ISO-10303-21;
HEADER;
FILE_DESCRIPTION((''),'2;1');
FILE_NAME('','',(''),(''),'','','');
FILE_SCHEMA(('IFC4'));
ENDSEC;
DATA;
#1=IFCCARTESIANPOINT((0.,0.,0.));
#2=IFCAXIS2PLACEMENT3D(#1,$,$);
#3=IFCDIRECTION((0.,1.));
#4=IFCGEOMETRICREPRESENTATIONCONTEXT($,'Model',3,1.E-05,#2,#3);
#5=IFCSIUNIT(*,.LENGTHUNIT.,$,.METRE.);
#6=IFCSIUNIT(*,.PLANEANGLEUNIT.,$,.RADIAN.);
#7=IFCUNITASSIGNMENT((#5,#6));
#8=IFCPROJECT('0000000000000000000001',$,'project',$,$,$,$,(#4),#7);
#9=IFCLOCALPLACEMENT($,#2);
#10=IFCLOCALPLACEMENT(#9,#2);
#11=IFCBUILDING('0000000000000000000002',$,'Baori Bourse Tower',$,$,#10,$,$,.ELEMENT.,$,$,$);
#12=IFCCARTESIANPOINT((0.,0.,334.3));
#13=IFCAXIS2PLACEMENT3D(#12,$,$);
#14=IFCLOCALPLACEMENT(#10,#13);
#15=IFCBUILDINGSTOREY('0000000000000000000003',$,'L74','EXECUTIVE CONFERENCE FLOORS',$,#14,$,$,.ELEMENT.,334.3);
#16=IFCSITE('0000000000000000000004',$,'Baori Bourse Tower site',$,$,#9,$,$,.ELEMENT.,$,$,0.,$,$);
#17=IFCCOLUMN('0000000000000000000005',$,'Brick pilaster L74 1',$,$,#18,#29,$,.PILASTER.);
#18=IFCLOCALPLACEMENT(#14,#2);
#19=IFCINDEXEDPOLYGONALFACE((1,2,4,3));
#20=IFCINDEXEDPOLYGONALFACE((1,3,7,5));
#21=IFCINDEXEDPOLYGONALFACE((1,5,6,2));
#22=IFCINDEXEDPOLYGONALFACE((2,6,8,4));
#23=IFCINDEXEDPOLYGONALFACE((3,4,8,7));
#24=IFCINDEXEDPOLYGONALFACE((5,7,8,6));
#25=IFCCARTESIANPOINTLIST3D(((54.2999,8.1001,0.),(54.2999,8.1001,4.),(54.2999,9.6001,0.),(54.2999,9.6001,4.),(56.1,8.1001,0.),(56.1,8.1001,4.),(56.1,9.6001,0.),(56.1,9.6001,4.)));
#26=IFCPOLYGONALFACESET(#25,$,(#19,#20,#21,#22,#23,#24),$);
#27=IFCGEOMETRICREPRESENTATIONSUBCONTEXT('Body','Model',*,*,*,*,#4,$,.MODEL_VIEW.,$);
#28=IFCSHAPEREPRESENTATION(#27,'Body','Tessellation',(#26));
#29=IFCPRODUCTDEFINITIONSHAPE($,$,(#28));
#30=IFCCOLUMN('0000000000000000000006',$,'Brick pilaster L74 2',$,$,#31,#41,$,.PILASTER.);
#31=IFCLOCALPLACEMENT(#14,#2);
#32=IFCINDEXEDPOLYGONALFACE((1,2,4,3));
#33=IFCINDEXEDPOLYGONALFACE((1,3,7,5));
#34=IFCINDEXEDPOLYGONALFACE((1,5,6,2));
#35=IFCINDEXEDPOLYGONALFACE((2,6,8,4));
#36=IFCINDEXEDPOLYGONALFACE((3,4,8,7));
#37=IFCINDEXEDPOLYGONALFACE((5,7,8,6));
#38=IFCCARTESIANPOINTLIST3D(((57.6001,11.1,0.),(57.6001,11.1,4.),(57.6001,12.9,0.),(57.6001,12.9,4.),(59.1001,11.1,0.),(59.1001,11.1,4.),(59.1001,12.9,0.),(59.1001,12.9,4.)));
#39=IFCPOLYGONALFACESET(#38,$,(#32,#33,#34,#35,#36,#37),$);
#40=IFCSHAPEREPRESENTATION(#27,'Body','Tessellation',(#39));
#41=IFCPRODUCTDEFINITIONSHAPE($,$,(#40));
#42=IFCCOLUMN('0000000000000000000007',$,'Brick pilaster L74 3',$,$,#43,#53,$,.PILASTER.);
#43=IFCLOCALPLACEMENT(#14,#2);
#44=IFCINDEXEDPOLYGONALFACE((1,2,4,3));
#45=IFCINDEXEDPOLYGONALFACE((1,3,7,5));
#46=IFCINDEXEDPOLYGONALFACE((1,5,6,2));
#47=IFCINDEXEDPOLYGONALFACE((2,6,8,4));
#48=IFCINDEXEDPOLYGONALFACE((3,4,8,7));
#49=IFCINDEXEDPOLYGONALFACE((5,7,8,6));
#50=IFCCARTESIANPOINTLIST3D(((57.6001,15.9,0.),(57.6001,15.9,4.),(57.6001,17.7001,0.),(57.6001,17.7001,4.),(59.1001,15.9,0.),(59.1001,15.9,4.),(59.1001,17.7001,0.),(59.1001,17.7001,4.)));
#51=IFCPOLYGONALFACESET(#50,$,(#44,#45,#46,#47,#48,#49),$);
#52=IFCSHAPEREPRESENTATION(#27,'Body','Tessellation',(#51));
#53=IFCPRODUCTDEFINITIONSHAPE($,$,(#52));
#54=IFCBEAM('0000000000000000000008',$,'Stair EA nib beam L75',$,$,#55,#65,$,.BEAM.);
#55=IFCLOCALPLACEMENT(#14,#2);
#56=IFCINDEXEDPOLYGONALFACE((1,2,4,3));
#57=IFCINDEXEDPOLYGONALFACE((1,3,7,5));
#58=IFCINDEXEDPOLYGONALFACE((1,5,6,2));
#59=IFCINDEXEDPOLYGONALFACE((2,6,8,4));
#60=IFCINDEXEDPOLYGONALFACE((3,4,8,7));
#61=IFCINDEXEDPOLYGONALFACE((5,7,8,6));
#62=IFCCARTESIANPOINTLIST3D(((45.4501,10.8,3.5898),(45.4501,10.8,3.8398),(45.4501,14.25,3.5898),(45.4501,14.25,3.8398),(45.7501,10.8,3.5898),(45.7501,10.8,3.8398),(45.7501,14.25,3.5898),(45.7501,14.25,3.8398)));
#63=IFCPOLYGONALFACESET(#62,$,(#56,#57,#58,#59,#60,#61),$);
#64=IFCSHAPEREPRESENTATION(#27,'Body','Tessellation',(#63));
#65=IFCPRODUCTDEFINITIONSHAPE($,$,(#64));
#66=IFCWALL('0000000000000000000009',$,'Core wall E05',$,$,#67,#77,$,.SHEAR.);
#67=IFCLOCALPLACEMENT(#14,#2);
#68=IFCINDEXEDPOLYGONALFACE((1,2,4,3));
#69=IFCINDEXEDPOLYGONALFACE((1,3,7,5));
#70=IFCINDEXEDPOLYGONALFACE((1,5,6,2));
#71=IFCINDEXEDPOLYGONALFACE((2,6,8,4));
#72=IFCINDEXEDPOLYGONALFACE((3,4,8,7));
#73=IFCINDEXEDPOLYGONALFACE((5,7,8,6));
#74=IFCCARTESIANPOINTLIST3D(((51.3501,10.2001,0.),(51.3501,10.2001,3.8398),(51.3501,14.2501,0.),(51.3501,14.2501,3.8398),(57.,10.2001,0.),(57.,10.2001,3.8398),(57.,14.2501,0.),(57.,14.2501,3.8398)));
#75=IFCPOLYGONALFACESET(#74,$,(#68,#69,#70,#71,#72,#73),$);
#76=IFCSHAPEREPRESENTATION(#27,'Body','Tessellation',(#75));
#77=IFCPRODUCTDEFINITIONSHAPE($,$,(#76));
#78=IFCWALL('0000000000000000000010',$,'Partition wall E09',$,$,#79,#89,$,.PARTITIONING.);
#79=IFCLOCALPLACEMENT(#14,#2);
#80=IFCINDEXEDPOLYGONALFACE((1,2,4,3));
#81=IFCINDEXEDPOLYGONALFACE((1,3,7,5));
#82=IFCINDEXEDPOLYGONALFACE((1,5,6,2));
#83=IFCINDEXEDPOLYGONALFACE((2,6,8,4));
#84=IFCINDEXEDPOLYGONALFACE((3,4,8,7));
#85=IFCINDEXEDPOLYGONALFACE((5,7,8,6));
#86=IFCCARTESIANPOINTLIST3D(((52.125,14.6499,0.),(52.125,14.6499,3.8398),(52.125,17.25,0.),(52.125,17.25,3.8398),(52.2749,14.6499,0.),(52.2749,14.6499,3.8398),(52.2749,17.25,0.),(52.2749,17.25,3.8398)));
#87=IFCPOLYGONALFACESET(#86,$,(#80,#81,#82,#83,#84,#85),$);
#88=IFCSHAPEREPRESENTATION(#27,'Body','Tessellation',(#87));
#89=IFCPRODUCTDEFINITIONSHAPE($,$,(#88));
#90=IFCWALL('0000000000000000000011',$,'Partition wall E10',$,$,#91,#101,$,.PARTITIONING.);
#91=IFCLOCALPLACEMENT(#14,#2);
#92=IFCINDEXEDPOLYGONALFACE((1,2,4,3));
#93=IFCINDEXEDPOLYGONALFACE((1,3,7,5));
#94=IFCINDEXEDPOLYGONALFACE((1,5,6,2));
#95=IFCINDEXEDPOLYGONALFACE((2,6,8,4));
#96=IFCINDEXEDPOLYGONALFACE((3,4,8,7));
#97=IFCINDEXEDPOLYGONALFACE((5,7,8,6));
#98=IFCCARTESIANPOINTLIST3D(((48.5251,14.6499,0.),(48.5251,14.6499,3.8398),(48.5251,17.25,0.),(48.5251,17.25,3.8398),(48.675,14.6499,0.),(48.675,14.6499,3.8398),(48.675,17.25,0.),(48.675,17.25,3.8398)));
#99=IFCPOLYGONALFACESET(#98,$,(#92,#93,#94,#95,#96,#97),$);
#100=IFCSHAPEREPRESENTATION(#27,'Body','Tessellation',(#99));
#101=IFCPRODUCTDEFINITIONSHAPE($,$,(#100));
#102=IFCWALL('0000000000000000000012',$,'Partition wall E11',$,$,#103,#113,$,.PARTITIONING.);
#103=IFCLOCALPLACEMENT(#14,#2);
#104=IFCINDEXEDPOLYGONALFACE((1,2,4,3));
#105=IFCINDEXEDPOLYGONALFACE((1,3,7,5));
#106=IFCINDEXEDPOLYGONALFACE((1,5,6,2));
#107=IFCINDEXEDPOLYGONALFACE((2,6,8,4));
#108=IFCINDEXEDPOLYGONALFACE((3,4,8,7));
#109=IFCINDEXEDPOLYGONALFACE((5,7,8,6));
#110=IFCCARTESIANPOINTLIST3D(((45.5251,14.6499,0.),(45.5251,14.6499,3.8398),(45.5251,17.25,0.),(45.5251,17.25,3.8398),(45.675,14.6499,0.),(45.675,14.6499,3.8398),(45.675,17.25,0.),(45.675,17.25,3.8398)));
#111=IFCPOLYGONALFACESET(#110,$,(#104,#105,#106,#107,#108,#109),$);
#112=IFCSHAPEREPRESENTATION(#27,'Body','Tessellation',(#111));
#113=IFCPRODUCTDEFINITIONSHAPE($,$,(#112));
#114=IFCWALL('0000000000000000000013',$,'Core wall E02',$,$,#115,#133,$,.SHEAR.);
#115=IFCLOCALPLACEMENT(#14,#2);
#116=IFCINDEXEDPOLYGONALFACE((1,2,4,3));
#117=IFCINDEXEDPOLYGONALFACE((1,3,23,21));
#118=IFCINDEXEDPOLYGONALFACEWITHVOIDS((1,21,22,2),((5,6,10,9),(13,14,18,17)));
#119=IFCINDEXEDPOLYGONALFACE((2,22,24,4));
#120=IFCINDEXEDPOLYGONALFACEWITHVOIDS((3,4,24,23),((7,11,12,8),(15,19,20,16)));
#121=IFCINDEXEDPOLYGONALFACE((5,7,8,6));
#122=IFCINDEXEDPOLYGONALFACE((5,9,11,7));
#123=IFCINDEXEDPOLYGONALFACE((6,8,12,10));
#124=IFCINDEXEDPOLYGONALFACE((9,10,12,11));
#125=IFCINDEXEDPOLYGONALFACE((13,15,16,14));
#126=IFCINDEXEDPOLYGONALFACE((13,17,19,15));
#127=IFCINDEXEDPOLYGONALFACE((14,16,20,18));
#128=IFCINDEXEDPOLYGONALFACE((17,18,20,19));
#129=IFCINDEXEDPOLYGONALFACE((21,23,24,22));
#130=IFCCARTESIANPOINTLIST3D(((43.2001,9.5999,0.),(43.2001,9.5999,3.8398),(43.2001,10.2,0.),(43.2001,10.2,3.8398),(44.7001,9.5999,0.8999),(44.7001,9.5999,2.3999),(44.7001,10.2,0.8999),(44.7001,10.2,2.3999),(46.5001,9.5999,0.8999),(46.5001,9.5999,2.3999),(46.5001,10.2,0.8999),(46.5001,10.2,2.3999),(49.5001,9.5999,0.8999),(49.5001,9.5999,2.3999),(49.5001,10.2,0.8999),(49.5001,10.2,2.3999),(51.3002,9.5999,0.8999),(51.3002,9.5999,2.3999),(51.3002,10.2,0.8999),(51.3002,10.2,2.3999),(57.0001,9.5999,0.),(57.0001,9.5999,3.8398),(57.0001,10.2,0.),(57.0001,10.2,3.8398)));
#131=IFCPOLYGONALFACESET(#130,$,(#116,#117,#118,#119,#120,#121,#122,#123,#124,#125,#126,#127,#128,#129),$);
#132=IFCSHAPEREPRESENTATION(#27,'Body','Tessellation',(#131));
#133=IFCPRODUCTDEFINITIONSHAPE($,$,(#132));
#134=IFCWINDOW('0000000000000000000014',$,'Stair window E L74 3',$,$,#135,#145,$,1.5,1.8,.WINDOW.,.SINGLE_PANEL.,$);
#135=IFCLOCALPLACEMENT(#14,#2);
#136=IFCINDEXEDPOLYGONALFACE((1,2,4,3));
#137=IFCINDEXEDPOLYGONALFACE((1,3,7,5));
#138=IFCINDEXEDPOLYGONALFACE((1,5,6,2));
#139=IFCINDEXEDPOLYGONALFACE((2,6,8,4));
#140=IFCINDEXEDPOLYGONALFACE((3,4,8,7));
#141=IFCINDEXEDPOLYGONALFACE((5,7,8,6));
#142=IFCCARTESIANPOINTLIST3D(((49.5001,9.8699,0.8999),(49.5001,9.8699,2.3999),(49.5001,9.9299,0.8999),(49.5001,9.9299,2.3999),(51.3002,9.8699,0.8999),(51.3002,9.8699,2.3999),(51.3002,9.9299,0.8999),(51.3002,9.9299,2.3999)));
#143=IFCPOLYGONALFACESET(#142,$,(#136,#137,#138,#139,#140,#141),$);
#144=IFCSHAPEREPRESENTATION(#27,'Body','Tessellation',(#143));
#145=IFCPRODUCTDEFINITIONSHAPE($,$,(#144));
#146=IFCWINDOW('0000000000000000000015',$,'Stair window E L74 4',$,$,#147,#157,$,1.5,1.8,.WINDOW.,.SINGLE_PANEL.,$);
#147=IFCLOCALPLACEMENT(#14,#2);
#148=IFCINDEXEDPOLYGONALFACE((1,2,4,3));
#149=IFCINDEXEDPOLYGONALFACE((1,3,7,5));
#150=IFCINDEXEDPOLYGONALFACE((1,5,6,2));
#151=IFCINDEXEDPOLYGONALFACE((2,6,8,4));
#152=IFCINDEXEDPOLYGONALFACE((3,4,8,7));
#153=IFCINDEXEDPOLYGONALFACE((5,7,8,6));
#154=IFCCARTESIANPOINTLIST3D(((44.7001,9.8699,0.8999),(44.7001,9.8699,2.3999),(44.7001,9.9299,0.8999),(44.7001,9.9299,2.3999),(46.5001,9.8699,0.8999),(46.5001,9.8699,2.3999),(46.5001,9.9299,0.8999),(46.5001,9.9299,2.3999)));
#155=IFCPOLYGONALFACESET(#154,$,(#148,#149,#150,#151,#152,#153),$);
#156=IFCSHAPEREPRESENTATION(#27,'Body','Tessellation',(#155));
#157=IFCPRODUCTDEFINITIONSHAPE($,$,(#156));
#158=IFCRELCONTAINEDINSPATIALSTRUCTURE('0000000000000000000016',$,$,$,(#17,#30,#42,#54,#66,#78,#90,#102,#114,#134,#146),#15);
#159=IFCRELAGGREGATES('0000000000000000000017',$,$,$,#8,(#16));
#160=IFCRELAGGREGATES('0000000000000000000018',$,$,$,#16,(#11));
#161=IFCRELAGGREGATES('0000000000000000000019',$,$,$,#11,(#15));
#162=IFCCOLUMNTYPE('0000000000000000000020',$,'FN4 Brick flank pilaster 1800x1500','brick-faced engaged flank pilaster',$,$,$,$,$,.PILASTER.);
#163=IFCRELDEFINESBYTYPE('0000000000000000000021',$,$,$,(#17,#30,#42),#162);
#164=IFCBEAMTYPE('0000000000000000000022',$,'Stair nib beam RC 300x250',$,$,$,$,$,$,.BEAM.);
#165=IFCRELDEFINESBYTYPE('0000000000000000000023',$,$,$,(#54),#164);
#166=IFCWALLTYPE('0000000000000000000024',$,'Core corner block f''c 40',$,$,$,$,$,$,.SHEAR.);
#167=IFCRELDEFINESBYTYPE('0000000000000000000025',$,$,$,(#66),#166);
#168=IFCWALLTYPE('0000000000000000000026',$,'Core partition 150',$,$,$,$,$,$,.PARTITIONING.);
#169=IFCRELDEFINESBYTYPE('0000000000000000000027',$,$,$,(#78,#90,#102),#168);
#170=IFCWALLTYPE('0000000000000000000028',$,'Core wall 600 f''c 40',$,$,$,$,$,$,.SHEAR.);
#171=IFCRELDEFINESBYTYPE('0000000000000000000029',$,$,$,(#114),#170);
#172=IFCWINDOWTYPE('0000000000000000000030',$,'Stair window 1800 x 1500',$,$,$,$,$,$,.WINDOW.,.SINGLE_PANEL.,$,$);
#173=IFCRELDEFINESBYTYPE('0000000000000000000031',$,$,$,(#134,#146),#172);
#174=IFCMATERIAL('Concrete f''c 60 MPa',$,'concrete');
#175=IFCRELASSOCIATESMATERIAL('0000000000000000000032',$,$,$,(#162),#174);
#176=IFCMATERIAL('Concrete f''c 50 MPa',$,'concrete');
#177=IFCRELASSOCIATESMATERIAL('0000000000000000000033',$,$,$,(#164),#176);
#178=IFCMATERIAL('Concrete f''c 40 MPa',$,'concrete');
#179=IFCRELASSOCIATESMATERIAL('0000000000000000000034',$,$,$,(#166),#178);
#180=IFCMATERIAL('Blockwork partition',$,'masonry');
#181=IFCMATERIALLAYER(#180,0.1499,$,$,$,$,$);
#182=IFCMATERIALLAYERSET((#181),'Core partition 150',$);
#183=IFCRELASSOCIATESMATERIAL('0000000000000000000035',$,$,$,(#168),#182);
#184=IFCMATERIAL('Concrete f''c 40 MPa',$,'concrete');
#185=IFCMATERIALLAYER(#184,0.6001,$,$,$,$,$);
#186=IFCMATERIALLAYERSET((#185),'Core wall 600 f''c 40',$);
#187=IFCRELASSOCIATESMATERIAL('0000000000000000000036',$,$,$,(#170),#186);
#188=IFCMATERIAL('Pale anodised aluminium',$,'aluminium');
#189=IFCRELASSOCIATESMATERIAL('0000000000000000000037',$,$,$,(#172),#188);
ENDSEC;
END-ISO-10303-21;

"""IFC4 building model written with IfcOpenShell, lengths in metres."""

from ifc_helpers import new_model, si_unit, direction, frame, frame_2d, origin, origin_2d, place, context, subcontext, project, spatial, rectangle, extrude, material, layer, layer_set, material_profile, profile_set, type_object, element, fill, save


model = new_model("IFC4")

# Units and contexts
model_context = context("Model", 3, precision=1e-05, world=origin(), true_north=direction((0.0, 1.0)))
body_context = subcontext(model_context, "Body", "Model", "MODEL_VIEW")
ifc_project = project(units=[si_unit("LENGTHUNIT", "METRE"), si_unit("PLANEANGLEUNIT", "RADIAN")], contexts=[model_context])

# Site, building, storey
site_placement = place(None, origin())
site = spatial("IfcSite", under=ifc_project, at=site_placement, Name="Baori Bourse Tower site", CompositionType="ELEMENT", RefElevation=0.0)
building_placement = place(site_placement, origin())
building = spatial("IfcBuilding", under=site, at=building_placement, Name="Baori Bourse Tower", CompositionType="ELEMENT")
storey_placement = place(building_placement, frame((0.0, 0.0, 334.3)))
storey = spatial("IfcBuildingStorey", under=building, at=storey_placement, Name="L74", Description="EXECUTIVE CONFERENCE FLOORS", CompositionType="ELEMENT", Elevation=334.3)

# Columns
ifc_material_1 = material(Name="Concrete f'c 60 MPa", Category="concrete")
ifc_material_profile_1 = material_profile(ifc_material_1, rectangle(XDim=1.8, YDim=1.5, at=origin_2d()), Name="RC 1800x1500")
ifc_profile_set_1 = profile_set([ifc_material_profile_1], Name="Concrete f'c 60 MPa")
column_type = type_object("IfcColumnType", Name="FN4 Brick flank pilaster 1800x1500", Description="brick-faced engaged flank pilaster", PredefinedType="PILASTER", material=ifc_profile_set_1)
for number, where, z_axis, x_axis, name in (
    (1, (55.2, 8.8501, 0.0), (0.0, 0.0, 1.0), (1.0, 0.0, 0.0), "Brick pilaster L74 1"),
    (2, (58.3501, 12.0, 0.0), (0.0, 0.0, 1.0), (0.0, 1.0, 0.0), "Brick pilaster L74 2"),
    (3, (58.3501, 16.8, 0.0), (0.0, 0.0, 1.0), (0.0, 1.0, 0.0), "Brick pilaster L74 3"),
):
    element("IfcColumn", number, at=place(storey_placement, frame(where, z_axis=z_axis, x_axis=x_axis)), inside=storey, type_object=column_type, Name=name, PredefinedType="PILASTER", context=body_context, shape_type="SweptSolid", body=[
        extrude(rectangle(XDim=1.8, YDim=1.5, at=origin_2d()), origin(), (0.0, 0.0, 1.0), 4.0),
    ])

# Beam
ifc_material_2 = material(Name="Concrete f'c 50 MPa", Category="concrete")
ifc_material_profile_2 = material_profile(ifc_material_2, rectangle(XDim=0.3, YDim=0.25, at=origin_2d()), Name="RC 300x250")
ifc_profile_set_2 = profile_set([ifc_material_profile_2], Name="Concrete f'c 50 MPa")
beam_type = type_object("IfcBeamType", Name="Stair nib beam RC 300x250", PredefinedType="BEAM", material=ifc_profile_set_2)
beam_placement = place(storey_placement, frame((45.6001, 10.8, 3.7148), z_axis=(0.0, 1.0, 0.0), x_axis=(-1.0, 0.0, 0.0)))
element("IfcBeam", 4, at=beam_placement, inside=storey, type_object=beam_type, Name="Stair EA nib beam L75", PredefinedType="BEAM", context=body_context, shape_type="SweptSolid", body=[
    extrude(rectangle(XDim=0.3, YDim=0.25, at=origin_2d()), origin(), (0.0, 0.0, 1.0), 3.45),
])

# Walls
ifc_material_3 = material(Name="Concrete f'c 40 MPa", Category="concrete")
wall_type_1 = type_object("IfcWallType", Name="Core corner block f'c 40", PredefinedType="SHEAR", material=ifc_material_3)
wall_1_placement = place(storey_placement, frame((51.3501, 12.2251, 0.0), z_axis=(0.0, 0.0, 1.0), x_axis=(1.0, 0.0, 0.0)))
element("IfcWall", 5, at=wall_1_placement, inside=storey, type_object=wall_type_1, Name="Core wall E05", PredefinedType="SHEAR", context=body_context, shape_type="SweptSolid", body=[
    extrude(rectangle(XDim=5.6499, YDim=4.05, at=frame_2d((2.825, 0.0))), origin(), (0.0, 0.0, 1.0), 3.8398),
])
ifc_material_4 = material(Name="Blockwork partition", Category="masonry")
ifc_layer_1 = layer(ifc_material_4, 0.1499)
ifc_layer_set_1 = layer_set([ifc_layer_1], Name="Core partition 150")
wall_type_2 = type_object("IfcWallType", Name="Core partition 150", PredefinedType="PARTITIONING", material=ifc_layer_set_1)
for number, where, z_axis, x_axis, name in (
    (6, (52.2, 14.6499, 0.0), (0.0, 0.0, 1.0), (0.0, 1.0, 0.0), "Partition wall E09"),
    (7, (48.6001, 14.6499, 0.0), (0.0, 0.0, 1.0), (0.0, 1.0, 0.0), "Partition wall E10"),
    (8, (45.6001, 14.6499, 0.0), (0.0, 0.0, 1.0), (0.0, 1.0, 0.0), "Partition wall E11"),
):
    element("IfcWall", number, at=place(storey_placement, frame(where, z_axis=z_axis, x_axis=x_axis)), inside=storey, type_object=wall_type_2, Name=name, PredefinedType="PARTITIONING", context=body_context, shape_type="SweptSolid", body=[
        extrude(rectangle(XDim=2.6001, YDim=0.1499, at=frame_2d((1.3, 0.0))), origin(), (0.0, 0.0, 1.0), 3.8398),
    ])

# Wall, openings, windows
ifc_material_5 = material(Name="Concrete f'c 40 MPa", Category="concrete")
ifc_layer_2 = layer(ifc_material_5, 0.6001)
ifc_layer_set_2 = layer_set([ifc_layer_2], Name="Core wall 600 f'c 40")
wall_type_3 = type_object("IfcWallType", Name="Core wall 600 f'c 40", PredefinedType="SHEAR", material=ifc_layer_set_2)
wall_2_placement = place(storey_placement, frame((57.0, 9.8999, 0.0), z_axis=(0.0, 0.0, 1.0), x_axis=(-1.0, 0.0, 0.0)))
wall_2 = element("IfcWall", 9, at=wall_2_placement, inside=storey, type_object=wall_type_3, Name="Core wall E02", PredefinedType="SHEAR", context=body_context, shape_type="SweptSolid", body=[
    extrude(rectangle(XDim=13.8, YDim=0.6001, at=frame_2d((6.8999, 0.0))), origin(), (0.0, 0.0, 1.0), 3.8398),
])
opening_1_placement = place(wall_2_placement, frame((5.7, 0.0, 0.8999)))
opening_1 = element("IfcOpeningElement", 10, at=opening_1_placement, cuts=wall_2, PredefinedType="OPENING", context=body_context, shape_type="SweptSolid", body=[
    extrude(rectangle(XDim=1.8, YDim=1.5, at=frame_2d((0.8999, 0.75))), frame((0.0, 0.3101, 0.0), z_axis=(0.0, -1.0, 0.0), x_axis=(1.0, 0.0, 0.0)), (0.0, 0.0, 1.0), 0.6201),
])
opening_2_placement = place(wall_2_placement, frame((10.5, 0.0, 0.8999)))
opening_2 = element("IfcOpeningElement", 11, at=opening_2_placement, cuts=wall_2, PredefinedType="OPENING", context=body_context, shape_type="SweptSolid", body=[
    extrude(rectangle(XDim=1.8, YDim=1.5, at=frame_2d((0.8999, 0.75))), frame((0.0, 0.3101, 0.0), z_axis=(0.0, -1.0, 0.0), x_axis=(1.0, 0.0, 0.0)), (0.0, 0.0, 1.0), 0.6201),
])
ifc_material_6 = material(Name="Pale anodised aluminium", Category="aluminium")
window_type = type_object("IfcWindowType", Name="Stair window 1800 x 1500", PartitioningType="SINGLE_PANEL", PredefinedType="WINDOW", material=ifc_material_6)
window_1_placement = place(opening_1_placement, origin())
window_1 = element("IfcWindow", 12, at=window_1_placement, inside=storey, type_object=window_type, Name="Stair window E L74 3", OverallHeight=1.5, OverallWidth=1.8, PartitioningType="SINGLE_PANEL", PredefinedType="WINDOW", context=body_context, shape_type="SweptSolid", body=[
    extrude(rectangle(XDim=1.8, YDim=1.5, at=frame_2d((0.8999, 0.75))), frame((0.0, 0.03, 0.0), z_axis=(0.0, -1.0, 0.0), x_axis=(1.0, 0.0, 0.0)), (0.0, 0.0, 1.0), 0.0601),
])
fill(opening_1, window_1)
window_2_placement = place(opening_2_placement, origin())
window_2 = element("IfcWindow", 13, at=window_2_placement, inside=storey, type_object=window_type, Name="Stair window E L74 4", OverallHeight=1.5, OverallWidth=1.8, PartitioningType="SINGLE_PANEL", PredefinedType="WINDOW", context=body_context, shape_type="SweptSolid", body=[
    extrude(rectangle(XDim=1.8, YDim=1.5, at=frame_2d((0.8999, 0.75))), frame((0.0, 0.03, 0.0), z_axis=(0.0, -1.0, 0.0), x_axis=(1.0, 0.0, 0.0)), (0.0, 0.0, 1.0), 0.0601),
])
fill(opening_2, window_2)

save(model, "model.ifc")
